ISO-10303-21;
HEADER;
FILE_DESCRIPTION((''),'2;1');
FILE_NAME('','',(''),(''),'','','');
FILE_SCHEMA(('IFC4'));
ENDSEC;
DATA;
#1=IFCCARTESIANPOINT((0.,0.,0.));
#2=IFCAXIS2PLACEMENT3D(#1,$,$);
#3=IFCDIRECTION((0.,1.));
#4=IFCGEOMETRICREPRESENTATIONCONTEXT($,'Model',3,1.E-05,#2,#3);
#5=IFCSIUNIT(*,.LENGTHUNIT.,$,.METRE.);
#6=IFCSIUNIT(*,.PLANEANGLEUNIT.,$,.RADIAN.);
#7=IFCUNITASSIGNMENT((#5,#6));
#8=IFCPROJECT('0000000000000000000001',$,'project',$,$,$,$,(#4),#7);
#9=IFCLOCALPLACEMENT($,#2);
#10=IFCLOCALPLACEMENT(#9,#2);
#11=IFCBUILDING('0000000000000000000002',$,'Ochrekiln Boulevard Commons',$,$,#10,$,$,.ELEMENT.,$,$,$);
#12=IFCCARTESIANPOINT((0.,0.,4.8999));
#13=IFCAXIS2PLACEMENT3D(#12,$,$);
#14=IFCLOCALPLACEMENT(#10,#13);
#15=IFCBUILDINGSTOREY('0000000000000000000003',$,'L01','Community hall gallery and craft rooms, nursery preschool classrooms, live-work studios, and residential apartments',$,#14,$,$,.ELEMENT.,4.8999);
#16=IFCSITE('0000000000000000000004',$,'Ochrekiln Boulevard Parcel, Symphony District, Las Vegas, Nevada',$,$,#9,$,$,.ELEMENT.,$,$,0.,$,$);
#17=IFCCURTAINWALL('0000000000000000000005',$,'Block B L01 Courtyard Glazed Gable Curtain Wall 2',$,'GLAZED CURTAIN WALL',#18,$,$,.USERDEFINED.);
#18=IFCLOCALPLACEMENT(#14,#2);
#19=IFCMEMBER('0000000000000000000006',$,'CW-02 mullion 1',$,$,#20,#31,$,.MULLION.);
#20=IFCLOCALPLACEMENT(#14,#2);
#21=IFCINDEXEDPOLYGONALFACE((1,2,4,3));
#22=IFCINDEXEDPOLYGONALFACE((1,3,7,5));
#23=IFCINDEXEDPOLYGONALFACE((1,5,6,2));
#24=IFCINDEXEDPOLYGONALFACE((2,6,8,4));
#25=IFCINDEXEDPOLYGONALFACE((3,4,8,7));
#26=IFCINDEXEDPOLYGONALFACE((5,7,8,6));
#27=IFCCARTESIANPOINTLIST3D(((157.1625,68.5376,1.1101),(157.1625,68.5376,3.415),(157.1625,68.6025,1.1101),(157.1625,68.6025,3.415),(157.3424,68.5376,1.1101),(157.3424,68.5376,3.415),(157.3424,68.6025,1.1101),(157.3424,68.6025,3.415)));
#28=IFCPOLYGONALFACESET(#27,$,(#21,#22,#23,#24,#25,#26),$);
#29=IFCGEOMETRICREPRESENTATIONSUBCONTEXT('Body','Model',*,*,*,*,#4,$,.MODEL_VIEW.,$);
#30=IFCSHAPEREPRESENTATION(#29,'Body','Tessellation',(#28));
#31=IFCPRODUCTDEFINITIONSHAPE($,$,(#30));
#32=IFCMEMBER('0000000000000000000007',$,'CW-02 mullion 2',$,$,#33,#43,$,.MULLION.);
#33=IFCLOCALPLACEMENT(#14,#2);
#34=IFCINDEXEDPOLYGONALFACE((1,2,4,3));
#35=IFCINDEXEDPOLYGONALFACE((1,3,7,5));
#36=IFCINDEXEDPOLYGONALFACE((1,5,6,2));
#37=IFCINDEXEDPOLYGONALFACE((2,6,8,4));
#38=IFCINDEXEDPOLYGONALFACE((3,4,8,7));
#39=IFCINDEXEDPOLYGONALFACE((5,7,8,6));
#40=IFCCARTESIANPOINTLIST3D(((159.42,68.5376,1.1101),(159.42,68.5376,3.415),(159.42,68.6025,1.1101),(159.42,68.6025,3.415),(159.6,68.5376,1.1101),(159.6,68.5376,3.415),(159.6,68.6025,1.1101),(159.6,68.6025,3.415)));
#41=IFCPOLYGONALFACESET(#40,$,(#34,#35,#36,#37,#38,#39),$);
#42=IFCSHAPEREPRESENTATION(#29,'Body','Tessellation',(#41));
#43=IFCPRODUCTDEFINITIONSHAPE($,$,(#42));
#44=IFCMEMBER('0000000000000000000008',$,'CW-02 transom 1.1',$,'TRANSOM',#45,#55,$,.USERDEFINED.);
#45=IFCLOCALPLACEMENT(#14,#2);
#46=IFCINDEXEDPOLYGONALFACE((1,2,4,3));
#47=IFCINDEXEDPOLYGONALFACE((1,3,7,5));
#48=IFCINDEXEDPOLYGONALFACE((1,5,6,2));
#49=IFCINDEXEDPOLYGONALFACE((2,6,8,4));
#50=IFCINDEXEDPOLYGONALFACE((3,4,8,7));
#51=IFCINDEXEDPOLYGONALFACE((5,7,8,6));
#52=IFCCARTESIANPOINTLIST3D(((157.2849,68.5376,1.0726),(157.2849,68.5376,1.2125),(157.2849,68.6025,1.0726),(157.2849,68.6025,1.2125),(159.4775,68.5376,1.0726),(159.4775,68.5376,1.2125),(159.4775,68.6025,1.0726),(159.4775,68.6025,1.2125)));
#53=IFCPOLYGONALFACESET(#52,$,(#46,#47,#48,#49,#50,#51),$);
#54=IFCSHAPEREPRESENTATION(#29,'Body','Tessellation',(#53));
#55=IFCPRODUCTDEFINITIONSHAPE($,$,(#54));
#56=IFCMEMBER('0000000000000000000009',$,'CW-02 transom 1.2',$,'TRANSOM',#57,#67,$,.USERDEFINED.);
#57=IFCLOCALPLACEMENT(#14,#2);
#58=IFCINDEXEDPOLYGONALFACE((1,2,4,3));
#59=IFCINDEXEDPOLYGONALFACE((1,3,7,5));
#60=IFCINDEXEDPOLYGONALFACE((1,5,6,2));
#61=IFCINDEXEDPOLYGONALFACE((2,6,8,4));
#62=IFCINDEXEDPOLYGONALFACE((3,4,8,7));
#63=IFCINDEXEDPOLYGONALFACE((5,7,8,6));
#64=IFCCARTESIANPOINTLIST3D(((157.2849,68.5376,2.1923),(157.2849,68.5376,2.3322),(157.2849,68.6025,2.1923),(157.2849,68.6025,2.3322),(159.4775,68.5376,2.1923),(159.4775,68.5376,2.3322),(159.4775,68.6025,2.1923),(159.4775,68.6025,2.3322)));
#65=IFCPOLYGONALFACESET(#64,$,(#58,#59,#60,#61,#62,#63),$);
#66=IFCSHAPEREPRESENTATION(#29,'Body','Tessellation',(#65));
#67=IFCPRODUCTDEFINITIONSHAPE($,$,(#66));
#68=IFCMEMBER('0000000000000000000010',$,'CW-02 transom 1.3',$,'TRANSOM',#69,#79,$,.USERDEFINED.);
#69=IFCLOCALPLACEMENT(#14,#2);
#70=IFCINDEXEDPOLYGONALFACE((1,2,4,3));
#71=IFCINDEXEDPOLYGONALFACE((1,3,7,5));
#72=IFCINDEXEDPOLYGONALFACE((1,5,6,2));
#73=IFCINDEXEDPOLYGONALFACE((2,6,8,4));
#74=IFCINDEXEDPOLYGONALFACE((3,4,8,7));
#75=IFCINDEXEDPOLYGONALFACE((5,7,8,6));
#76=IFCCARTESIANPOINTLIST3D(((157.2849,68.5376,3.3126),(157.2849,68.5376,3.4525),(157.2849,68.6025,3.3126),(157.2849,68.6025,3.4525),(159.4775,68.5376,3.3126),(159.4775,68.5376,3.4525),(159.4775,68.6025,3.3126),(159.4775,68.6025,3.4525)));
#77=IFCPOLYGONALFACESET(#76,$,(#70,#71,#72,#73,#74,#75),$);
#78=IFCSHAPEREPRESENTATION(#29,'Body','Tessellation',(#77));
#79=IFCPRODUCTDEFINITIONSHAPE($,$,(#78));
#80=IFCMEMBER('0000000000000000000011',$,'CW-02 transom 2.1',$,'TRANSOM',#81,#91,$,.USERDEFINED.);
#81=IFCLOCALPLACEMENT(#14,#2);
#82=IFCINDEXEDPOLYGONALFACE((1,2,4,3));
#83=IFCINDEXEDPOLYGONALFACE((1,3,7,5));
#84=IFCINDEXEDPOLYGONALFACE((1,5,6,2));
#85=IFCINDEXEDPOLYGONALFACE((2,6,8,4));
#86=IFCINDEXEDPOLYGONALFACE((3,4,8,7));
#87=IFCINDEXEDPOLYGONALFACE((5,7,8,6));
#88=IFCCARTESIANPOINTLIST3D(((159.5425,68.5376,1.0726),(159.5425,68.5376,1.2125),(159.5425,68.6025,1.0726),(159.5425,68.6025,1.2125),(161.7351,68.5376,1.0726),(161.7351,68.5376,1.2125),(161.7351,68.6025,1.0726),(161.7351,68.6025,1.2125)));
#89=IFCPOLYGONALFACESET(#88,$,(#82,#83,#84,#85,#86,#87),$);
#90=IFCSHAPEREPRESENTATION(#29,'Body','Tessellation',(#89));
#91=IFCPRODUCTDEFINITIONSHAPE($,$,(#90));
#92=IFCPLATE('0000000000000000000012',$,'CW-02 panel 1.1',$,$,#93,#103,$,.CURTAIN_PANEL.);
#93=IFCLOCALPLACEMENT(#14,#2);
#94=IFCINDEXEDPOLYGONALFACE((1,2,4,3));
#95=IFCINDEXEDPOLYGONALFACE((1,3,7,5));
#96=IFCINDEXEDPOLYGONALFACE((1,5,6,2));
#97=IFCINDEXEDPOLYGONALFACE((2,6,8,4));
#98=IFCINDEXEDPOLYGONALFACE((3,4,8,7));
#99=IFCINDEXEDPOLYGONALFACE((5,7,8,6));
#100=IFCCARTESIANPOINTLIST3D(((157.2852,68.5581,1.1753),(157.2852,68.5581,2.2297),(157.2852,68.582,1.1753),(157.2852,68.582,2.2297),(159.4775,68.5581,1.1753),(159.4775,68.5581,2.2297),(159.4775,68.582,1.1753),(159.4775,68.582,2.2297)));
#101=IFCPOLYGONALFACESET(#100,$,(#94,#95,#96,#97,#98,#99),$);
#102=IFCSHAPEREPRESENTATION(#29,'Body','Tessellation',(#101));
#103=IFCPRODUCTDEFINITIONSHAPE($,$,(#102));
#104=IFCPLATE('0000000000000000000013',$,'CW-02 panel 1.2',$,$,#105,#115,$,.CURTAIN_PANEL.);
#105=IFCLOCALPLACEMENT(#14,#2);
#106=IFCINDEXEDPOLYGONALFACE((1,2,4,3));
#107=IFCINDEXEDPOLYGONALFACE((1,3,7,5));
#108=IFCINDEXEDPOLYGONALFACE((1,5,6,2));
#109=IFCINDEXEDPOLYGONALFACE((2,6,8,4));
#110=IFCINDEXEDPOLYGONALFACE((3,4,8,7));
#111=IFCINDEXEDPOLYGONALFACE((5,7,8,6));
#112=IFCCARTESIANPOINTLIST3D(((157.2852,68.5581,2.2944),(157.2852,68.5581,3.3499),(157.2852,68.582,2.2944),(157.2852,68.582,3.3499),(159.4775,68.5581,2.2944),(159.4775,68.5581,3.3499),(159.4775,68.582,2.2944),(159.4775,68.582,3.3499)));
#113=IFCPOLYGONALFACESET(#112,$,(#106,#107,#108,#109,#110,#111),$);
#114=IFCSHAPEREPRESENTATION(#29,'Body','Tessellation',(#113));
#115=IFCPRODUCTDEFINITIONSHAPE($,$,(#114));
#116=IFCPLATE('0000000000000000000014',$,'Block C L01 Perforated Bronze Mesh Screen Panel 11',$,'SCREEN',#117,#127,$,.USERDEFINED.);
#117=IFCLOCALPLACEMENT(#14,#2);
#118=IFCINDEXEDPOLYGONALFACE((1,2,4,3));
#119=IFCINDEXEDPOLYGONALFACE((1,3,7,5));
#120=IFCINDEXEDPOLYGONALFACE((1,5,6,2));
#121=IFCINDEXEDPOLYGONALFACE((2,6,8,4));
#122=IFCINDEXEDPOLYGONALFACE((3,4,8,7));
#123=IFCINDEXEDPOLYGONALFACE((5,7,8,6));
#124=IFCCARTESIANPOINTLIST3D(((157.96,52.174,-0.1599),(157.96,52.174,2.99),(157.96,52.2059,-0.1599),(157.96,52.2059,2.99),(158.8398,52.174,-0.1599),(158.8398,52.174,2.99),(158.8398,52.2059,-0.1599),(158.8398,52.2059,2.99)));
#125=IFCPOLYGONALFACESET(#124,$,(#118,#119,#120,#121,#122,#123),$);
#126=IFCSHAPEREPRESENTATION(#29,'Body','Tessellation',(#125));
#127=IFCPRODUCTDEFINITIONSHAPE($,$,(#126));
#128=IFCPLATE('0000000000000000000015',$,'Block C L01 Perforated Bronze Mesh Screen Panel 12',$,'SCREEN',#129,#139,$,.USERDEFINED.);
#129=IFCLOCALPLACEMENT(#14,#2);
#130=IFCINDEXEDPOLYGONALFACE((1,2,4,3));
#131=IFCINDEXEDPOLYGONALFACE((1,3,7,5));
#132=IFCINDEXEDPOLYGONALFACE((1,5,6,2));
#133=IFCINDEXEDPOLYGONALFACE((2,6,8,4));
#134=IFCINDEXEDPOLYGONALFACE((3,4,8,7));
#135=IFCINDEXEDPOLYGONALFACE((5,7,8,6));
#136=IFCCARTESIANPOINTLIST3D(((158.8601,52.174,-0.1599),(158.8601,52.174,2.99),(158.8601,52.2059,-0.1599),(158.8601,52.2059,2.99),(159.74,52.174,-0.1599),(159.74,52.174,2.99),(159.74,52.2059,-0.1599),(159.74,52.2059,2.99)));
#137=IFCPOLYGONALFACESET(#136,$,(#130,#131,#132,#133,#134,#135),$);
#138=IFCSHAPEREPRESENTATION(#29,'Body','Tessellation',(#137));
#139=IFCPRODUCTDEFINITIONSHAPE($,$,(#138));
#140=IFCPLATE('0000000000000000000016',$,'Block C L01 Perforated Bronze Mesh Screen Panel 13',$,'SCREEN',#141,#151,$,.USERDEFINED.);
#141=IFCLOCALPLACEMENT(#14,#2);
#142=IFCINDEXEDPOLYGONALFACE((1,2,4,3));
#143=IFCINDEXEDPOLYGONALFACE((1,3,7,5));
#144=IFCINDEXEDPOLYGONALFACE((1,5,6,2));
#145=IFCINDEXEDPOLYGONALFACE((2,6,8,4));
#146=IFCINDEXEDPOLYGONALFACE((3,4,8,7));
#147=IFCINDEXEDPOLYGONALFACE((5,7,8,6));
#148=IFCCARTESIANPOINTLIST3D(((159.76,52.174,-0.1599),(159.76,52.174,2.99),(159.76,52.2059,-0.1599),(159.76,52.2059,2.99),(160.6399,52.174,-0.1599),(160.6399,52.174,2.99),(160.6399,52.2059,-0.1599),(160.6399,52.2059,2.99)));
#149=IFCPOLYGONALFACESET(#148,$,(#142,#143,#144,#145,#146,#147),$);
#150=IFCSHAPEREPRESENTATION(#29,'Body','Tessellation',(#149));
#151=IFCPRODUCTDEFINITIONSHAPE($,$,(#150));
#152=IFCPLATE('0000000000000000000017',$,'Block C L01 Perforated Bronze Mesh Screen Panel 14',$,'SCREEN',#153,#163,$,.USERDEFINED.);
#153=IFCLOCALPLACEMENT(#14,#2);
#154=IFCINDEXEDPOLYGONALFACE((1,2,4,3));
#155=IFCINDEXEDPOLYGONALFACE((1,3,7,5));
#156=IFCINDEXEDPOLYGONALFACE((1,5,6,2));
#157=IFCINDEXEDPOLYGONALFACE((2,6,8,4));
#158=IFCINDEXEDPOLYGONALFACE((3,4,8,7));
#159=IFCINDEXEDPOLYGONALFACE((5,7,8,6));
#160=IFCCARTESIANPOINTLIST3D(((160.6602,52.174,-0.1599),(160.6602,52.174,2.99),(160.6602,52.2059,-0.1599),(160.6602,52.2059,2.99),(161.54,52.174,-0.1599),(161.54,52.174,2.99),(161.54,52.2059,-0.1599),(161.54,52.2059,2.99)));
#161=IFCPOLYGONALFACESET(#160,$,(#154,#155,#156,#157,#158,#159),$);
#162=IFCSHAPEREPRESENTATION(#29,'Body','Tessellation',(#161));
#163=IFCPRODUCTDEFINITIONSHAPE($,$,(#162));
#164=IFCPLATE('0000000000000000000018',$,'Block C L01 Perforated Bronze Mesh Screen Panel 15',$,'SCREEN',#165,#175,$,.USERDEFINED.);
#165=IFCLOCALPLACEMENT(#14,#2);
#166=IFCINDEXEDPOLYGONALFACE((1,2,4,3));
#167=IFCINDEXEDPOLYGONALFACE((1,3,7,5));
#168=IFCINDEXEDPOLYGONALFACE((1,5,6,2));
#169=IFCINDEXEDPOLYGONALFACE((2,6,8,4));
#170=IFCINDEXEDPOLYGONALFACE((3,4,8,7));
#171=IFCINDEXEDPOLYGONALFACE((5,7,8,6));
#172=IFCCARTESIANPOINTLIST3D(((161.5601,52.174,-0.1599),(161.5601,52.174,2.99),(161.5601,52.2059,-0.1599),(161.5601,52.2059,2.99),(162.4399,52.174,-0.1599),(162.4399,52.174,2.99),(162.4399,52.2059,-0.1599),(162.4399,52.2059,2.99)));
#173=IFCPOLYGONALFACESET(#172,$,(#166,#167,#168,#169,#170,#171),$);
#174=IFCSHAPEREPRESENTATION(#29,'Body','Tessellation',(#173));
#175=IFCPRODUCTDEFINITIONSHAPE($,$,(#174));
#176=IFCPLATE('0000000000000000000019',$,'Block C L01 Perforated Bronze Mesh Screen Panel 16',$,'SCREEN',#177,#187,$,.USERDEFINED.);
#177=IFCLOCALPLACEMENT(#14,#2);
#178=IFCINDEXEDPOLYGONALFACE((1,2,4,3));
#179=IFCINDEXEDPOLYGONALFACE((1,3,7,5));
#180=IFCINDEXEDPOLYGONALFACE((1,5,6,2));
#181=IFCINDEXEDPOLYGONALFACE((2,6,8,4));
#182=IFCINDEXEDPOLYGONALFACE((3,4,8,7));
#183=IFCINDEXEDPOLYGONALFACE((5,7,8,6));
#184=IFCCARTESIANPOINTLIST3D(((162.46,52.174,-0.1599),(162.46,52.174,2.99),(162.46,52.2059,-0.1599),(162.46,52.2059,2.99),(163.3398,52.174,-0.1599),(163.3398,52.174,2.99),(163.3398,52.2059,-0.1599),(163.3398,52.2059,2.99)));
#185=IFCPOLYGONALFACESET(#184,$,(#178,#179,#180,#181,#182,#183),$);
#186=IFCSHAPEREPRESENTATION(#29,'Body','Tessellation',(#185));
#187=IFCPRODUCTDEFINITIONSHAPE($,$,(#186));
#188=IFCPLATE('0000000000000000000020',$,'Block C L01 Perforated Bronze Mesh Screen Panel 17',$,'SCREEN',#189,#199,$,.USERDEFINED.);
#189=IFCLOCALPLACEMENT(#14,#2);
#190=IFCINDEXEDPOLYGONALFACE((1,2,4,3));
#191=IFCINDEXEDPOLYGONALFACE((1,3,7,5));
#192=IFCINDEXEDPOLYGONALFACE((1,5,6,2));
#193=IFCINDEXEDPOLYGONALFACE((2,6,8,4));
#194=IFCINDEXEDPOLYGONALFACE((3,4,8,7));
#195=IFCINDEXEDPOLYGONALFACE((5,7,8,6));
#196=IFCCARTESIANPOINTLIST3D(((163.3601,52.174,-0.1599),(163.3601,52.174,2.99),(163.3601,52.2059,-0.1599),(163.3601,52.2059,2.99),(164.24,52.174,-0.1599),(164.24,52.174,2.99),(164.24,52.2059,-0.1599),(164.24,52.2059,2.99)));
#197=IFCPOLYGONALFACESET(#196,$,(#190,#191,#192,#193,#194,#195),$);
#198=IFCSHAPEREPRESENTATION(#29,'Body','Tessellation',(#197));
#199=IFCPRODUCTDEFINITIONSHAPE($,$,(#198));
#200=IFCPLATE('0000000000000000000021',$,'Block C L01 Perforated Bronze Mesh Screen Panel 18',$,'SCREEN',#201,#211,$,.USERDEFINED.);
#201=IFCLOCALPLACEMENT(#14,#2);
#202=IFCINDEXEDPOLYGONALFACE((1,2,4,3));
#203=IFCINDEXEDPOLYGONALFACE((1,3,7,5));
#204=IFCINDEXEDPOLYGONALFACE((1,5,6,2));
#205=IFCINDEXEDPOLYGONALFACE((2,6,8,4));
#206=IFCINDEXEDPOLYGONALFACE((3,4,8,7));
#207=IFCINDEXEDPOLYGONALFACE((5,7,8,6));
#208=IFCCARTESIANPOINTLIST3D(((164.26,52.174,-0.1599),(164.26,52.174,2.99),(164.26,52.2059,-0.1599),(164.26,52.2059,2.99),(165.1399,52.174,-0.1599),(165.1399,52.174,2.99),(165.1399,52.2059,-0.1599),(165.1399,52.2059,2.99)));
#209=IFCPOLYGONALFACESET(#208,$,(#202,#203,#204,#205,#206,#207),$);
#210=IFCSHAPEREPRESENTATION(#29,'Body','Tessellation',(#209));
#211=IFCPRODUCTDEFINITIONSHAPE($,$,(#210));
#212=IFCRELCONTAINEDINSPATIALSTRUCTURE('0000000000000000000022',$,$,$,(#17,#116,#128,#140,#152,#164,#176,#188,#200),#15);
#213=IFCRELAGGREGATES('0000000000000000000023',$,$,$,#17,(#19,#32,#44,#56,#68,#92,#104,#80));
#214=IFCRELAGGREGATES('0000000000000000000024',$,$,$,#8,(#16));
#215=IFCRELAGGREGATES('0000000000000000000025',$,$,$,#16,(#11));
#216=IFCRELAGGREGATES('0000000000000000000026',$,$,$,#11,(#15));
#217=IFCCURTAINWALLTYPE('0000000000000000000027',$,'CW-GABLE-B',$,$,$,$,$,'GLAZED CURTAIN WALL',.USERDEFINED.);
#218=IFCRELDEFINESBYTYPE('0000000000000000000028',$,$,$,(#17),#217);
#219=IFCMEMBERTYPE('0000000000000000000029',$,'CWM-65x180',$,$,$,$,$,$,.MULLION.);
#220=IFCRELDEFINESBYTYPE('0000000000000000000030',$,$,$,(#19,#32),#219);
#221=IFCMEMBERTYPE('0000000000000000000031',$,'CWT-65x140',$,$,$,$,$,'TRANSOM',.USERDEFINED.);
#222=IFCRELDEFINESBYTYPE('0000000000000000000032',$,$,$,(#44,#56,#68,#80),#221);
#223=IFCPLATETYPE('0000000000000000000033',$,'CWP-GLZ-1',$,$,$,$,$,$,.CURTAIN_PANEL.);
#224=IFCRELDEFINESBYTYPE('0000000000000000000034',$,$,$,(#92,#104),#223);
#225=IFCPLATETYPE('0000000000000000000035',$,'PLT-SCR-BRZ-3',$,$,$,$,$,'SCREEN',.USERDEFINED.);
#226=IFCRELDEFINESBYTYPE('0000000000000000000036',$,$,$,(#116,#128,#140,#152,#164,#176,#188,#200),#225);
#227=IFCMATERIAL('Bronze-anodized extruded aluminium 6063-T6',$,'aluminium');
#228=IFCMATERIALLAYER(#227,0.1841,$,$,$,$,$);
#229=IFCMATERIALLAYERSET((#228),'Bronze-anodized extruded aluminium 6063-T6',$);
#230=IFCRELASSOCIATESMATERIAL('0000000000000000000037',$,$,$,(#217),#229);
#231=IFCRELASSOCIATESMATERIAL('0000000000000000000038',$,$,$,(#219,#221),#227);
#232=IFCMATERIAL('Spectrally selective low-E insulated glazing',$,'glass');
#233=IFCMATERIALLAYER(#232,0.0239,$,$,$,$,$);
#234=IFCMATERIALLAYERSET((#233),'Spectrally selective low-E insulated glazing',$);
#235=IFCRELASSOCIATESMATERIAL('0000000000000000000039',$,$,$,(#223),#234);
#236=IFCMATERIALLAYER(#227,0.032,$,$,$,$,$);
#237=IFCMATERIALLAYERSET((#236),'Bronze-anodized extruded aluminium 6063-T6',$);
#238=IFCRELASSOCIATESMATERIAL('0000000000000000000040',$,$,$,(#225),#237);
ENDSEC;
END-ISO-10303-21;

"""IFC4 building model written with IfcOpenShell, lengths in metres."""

from ifc_helpers import new_model, si_unit, direction, frame, origin, origin_2d, place, context, subcontext, project, spatial, rectangle, extrude, material, layer, layer_set, material_profile, profile_set, type_object, element, aggregate, save


model = new_model("IFC4")

# Units and contexts
model_context = context("Model", 3, precision=1e-05, world=origin(), true_north=direction((0.0, 1.0)))
body_context = subcontext(model_context, "Body", "Model", "MODEL_VIEW")
ifc_project = project(units=[si_unit("LENGTHUNIT", "METRE"), si_unit("PLANEANGLEUNIT", "RADIAN")], contexts=[model_context])

# Site, building, storey
site_placement = place(None, origin())
site = spatial("IfcSite", under=ifc_project, at=site_placement, Name="Ochrekiln Boulevard Parcel, Symphony District, Las Vegas, Nevada", CompositionType="ELEMENT", RefElevation=0.0)
building_placement = place(site_placement, origin())
building = spatial("IfcBuilding", under=site, at=building_placement, Name="Ochrekiln Boulevard Commons", CompositionType="ELEMENT")
storey_placement = place(building_placement, frame((0.0, 0.0, 4.8999)))
storey = spatial("IfcBuildingStorey", under=building, at=storey_placement, Name="L01", Description="Community hall gallery and craft rooms, nursery preschool classrooms, live-work studios, and residential apartments", CompositionType="ELEMENT", Elevation=4.8999)

# Curtain wall, members, plates
ifc_material_1 = material(Name="Bronze-anodized extruded aluminium 6063-T6", Category="aluminium")
ifc_layer_1 = layer(ifc_material_1, 0.1841)
ifc_layer_set_1 = layer_set([ifc_layer_1], Name="Bronze-anodized extruded aluminium 6063-T6")
curtain_wall_type = type_object("IfcCurtainWallType", Name="CW-GABLE-B", ElementType="GLAZED CURTAIN WALL", PredefinedType="USERDEFINED", material=ifc_layer_set_1)
curtain_wall_placement = place(storey_placement, origin())
curtain_wall = element("IfcCurtainWall", 1, at=curtain_wall_placement, inside=storey, type_object=curtain_wall_type, Name="Block B L01 Courtyard Glazed Gable Curtain Wall 2", ObjectType="GLAZED CURTAIN WALL", PredefinedType="USERDEFINED")
ifc_material_profile_1 = material_profile(ifc_material_1, rectangle(XDim=0.0649, YDim=0.1799, at=origin_2d()), Name="ALU-MUL-65x180")
ifc_profile_set_1 = profile_set([ifc_material_profile_1], Name="Bronze-anodized extruded aluminium 6063-T6")
member_type_1 = type_object("IfcMemberType", Name="CWM-65x180", PredefinedType="MULLION", material=ifc_profile_set_1)
member_1_placement = place(storey_placement, frame((157.2524, 68.5701, 1.1101), z_axis=(0.0, 0.0, 1.0), x_axis=(0.0, 1.0, 0.0)))
member_1 = element("IfcMember", 2, at=member_1_placement, type_object=member_type_1, Name="CW-02 mullion 1", PredefinedType="MULLION", context=body_context, shape_type="SweptSolid", body=[
    extrude(rectangle(XDim=0.0649, YDim=0.1799, at=origin_2d()), origin(), (0.0, 0.0, 1.0), 2.3049),
])
member_2_placement = place(storey_placement, frame((159.51, 68.5701, 1.1101), z_axis=(0.0, 0.0, 1.0), x_axis=(0.0, 1.0, 0.0)))
member_2 = element("IfcMember", 3, at=member_2_placement, type_object=member_type_1, Name="CW-02 mullion 2", PredefinedType="MULLION", context=body_context, shape_type="SweptSolid", body=[
    extrude(rectangle(XDim=0.0649, YDim=0.1799, at=origin_2d()), origin(), (0.0, 0.0, 1.0), 2.3049),
])
ifc_material_profile_2 = material_profile(ifc_material_1, rectangle(XDim=0.0649, YDim=0.1399, at=origin_2d()), Name="ALU-TRN-65x140")
ifc_profile_set_2 = profile_set([ifc_material_profile_2], Name="Bronze-anodized extruded aluminium 6063-T6")
member_type_2 = type_object("IfcMemberType", Name="CWT-65x140", ElementType="TRANSOM", PredefinedType="USERDEFINED", material=ifc_profile_set_2)
member_3_placement = place(storey_placement, frame((157.2849, 68.5701, 1.1426), z_axis=(1.0, 0.0, 0.0), x_axis=(0.0, 1.0, 0.0)))
member_3 = element("IfcMember", 4, at=member_3_placement, type_object=member_type_2, Name="CW-02 transom 1.1", ObjectType="TRANSOM", PredefinedType="USERDEFINED", context=body_context, shape_type="SweptSolid", body=[
    extrude(rectangle(XDim=0.0649, YDim=0.1399, at=origin_2d()), origin(), (0.0, 0.0, 1.0), 2.1926),
])
member_4_placement = place(storey_placement, frame((157.2849, 68.5701, 2.2622), z_axis=(1.0, 0.0, 0.0), x_axis=(0.0, 1.0, 0.0)))
member_4 = element("IfcMember", 5, at=member_4_placement, type_object=member_type_2, Name="CW-02 transom 1.2", ObjectType="TRANSOM", PredefinedType="USERDEFINED", context=body_context, shape_type="SweptSolid", body=[
    extrude(rectangle(XDim=0.0649, YDim=0.1399, at=origin_2d()), origin(), (0.0, 0.0, 1.0), 2.1926),
])
member_5_placement = place(storey_placement, frame((157.2849, 68.5701, 3.3826), z_axis=(1.0, 0.0, 0.0), x_axis=(0.0, 1.0, 0.0)))
member_5 = element("IfcMember", 6, at=member_5_placement, type_object=member_type_2, Name="CW-02 transom 1.3", ObjectType="TRANSOM", PredefinedType="USERDEFINED", context=body_context, shape_type="SweptSolid", body=[
    extrude(rectangle(XDim=0.0649, YDim=0.1399, at=origin_2d()), origin(), (0.0, 0.0, 1.0), 2.1926),
])
member_6_placement = place(storey_placement, frame((159.5425, 68.5701, 1.1426), z_axis=(1.0, 0.0, 0.0), x_axis=(0.0, 1.0, 0.0)))
member_6 = element("IfcMember", 7, at=member_6_placement, type_object=member_type_2, Name="CW-02 transom 2.1", ObjectType="TRANSOM", PredefinedType="USERDEFINED", context=body_context, shape_type="SweptSolid", body=[
    extrude(rectangle(XDim=0.0649, YDim=0.1399, at=origin_2d()), origin(), (0.0, 0.0, 1.0), 2.1926),
])
ifc_material_2 = material(Name="Spectrally selective low-E insulated glazing", Category="glass")
ifc_layer_2 = layer(ifc_material_2, 0.0239)
ifc_layer_set_2 = layer_set([ifc_layer_2], Name="Spectrally selective low-E insulated glazing")
plate_type_1 = type_object("IfcPlateType", Name="CWP-GLZ-1", PredefinedType="CURTAIN_PANEL", material=ifc_layer_set_2)
plate_1_placement = place(storey_placement, frame((158.3813, 68.5701, 1.1753), z_axis=(0.0, 0.0, 1.0), x_axis=(1.0, 0.0, 0.0)))
plate_1 = element("IfcPlate", 8, at=plate_1_placement, type_object=plate_type_1, Name="CW-02 panel 1.1", PredefinedType="CURTAIN_PANEL", context=body_context, shape_type="SweptSolid", body=[
    extrude(rectangle(XDim=2.1924, YDim=0.0239, at=origin_2d()), origin(), (0.0, 0.0, 1.0), 1.0544),
])
plate_2_placement = place(storey_placement, frame((158.3813, 68.5701, 2.2944), z_axis=(0.0, 0.0, 1.0), x_axis=(1.0, 0.0, 0.0)))
plate_2 = element("IfcPlate", 9, at=plate_2_placement, type_object=plate_type_1, Name="CW-02 panel 1.2", PredefinedType="CURTAIN_PANEL", context=body_context, shape_type="SweptSolid", body=[
    extrude(rectangle(XDim=2.1924, YDim=0.0239, at=origin_2d()), origin(), (0.0, 0.0, 1.0), 1.0554),
])
aggregate(curtain_wall, [member_1, member_2, member_3, member_4, member_5, plate_1, plate_2, member_6])

# Plates
ifc_layer_3 = layer(ifc_material_1, 0.032)
ifc_layer_set_3 = layer_set([ifc_layer_3], Name="Bronze-anodized extruded aluminium 6063-T6")
plate_type_2 = type_object("IfcPlateType", Name="PLT-SCR-BRZ-3", ElementType="SCREEN", PredefinedType="USERDEFINED", material=ifc_layer_set_3)
for number, where, z_axis, x_axis, name in (
    (10, (158.3999, 52.1899, -0.1599), (0.0, 0.0, 1.0), (1.0, 0.0, 0.0), "Block C L01 Perforated Bronze Mesh Screen Panel 11"),
    (11, (159.3, 52.1899, -0.1599), (0.0, 0.0, 1.0), (1.0, 0.0, 0.0), "Block C L01 Perforated Bronze Mesh Screen Panel 12"),
    (12, (160.2, 52.1899, -0.1599), (0.0, 0.0, 1.0), (1.0, 0.0, 0.0), "Block C L01 Perforated Bronze Mesh Screen Panel 13"),
    (13, (161.1001, 52.1899, -0.1599), (0.0, 0.0, 1.0), (1.0, 0.0, 0.0), "Block C L01 Perforated Bronze Mesh Screen Panel 14"),
    (14, (162.0, 52.1899, -0.1599), (0.0, 0.0, 1.0), (1.0, 0.0, 0.0), "Block C L01 Perforated Bronze Mesh Screen Panel 15"),
    (15, (162.8999, 52.1899, -0.1599), (0.0, 0.0, 1.0), (1.0, 0.0, 0.0), "Block C L01 Perforated Bronze Mesh Screen Panel 16"),
    (16, (163.8, 52.1899, -0.1599), (0.0, 0.0, 1.0), (1.0, 0.0, 0.0), "Block C L01 Perforated Bronze Mesh Screen Panel 17"),
    (17, (164.7, 52.1899, -0.1599), (0.0, 0.0, 1.0), (1.0, 0.0, 0.0), "Block C L01 Perforated Bronze Mesh Screen Panel 18"),
):
    element("IfcPlate", number, at=place(storey_placement, frame(where, z_axis=z_axis, x_axis=x_axis)), inside=storey, type_object=plate_type_2, Name=name, ObjectType="SCREEN", PredefinedType="USERDEFINED", context=body_context, shape_type="SweptSolid", body=[
        extrude(rectangle(XDim=0.8799, YDim=0.032, at=origin_2d()), origin(), (0.0, 0.0, 1.0), 3.1499),
    ])

save(model, "model.ifc")
